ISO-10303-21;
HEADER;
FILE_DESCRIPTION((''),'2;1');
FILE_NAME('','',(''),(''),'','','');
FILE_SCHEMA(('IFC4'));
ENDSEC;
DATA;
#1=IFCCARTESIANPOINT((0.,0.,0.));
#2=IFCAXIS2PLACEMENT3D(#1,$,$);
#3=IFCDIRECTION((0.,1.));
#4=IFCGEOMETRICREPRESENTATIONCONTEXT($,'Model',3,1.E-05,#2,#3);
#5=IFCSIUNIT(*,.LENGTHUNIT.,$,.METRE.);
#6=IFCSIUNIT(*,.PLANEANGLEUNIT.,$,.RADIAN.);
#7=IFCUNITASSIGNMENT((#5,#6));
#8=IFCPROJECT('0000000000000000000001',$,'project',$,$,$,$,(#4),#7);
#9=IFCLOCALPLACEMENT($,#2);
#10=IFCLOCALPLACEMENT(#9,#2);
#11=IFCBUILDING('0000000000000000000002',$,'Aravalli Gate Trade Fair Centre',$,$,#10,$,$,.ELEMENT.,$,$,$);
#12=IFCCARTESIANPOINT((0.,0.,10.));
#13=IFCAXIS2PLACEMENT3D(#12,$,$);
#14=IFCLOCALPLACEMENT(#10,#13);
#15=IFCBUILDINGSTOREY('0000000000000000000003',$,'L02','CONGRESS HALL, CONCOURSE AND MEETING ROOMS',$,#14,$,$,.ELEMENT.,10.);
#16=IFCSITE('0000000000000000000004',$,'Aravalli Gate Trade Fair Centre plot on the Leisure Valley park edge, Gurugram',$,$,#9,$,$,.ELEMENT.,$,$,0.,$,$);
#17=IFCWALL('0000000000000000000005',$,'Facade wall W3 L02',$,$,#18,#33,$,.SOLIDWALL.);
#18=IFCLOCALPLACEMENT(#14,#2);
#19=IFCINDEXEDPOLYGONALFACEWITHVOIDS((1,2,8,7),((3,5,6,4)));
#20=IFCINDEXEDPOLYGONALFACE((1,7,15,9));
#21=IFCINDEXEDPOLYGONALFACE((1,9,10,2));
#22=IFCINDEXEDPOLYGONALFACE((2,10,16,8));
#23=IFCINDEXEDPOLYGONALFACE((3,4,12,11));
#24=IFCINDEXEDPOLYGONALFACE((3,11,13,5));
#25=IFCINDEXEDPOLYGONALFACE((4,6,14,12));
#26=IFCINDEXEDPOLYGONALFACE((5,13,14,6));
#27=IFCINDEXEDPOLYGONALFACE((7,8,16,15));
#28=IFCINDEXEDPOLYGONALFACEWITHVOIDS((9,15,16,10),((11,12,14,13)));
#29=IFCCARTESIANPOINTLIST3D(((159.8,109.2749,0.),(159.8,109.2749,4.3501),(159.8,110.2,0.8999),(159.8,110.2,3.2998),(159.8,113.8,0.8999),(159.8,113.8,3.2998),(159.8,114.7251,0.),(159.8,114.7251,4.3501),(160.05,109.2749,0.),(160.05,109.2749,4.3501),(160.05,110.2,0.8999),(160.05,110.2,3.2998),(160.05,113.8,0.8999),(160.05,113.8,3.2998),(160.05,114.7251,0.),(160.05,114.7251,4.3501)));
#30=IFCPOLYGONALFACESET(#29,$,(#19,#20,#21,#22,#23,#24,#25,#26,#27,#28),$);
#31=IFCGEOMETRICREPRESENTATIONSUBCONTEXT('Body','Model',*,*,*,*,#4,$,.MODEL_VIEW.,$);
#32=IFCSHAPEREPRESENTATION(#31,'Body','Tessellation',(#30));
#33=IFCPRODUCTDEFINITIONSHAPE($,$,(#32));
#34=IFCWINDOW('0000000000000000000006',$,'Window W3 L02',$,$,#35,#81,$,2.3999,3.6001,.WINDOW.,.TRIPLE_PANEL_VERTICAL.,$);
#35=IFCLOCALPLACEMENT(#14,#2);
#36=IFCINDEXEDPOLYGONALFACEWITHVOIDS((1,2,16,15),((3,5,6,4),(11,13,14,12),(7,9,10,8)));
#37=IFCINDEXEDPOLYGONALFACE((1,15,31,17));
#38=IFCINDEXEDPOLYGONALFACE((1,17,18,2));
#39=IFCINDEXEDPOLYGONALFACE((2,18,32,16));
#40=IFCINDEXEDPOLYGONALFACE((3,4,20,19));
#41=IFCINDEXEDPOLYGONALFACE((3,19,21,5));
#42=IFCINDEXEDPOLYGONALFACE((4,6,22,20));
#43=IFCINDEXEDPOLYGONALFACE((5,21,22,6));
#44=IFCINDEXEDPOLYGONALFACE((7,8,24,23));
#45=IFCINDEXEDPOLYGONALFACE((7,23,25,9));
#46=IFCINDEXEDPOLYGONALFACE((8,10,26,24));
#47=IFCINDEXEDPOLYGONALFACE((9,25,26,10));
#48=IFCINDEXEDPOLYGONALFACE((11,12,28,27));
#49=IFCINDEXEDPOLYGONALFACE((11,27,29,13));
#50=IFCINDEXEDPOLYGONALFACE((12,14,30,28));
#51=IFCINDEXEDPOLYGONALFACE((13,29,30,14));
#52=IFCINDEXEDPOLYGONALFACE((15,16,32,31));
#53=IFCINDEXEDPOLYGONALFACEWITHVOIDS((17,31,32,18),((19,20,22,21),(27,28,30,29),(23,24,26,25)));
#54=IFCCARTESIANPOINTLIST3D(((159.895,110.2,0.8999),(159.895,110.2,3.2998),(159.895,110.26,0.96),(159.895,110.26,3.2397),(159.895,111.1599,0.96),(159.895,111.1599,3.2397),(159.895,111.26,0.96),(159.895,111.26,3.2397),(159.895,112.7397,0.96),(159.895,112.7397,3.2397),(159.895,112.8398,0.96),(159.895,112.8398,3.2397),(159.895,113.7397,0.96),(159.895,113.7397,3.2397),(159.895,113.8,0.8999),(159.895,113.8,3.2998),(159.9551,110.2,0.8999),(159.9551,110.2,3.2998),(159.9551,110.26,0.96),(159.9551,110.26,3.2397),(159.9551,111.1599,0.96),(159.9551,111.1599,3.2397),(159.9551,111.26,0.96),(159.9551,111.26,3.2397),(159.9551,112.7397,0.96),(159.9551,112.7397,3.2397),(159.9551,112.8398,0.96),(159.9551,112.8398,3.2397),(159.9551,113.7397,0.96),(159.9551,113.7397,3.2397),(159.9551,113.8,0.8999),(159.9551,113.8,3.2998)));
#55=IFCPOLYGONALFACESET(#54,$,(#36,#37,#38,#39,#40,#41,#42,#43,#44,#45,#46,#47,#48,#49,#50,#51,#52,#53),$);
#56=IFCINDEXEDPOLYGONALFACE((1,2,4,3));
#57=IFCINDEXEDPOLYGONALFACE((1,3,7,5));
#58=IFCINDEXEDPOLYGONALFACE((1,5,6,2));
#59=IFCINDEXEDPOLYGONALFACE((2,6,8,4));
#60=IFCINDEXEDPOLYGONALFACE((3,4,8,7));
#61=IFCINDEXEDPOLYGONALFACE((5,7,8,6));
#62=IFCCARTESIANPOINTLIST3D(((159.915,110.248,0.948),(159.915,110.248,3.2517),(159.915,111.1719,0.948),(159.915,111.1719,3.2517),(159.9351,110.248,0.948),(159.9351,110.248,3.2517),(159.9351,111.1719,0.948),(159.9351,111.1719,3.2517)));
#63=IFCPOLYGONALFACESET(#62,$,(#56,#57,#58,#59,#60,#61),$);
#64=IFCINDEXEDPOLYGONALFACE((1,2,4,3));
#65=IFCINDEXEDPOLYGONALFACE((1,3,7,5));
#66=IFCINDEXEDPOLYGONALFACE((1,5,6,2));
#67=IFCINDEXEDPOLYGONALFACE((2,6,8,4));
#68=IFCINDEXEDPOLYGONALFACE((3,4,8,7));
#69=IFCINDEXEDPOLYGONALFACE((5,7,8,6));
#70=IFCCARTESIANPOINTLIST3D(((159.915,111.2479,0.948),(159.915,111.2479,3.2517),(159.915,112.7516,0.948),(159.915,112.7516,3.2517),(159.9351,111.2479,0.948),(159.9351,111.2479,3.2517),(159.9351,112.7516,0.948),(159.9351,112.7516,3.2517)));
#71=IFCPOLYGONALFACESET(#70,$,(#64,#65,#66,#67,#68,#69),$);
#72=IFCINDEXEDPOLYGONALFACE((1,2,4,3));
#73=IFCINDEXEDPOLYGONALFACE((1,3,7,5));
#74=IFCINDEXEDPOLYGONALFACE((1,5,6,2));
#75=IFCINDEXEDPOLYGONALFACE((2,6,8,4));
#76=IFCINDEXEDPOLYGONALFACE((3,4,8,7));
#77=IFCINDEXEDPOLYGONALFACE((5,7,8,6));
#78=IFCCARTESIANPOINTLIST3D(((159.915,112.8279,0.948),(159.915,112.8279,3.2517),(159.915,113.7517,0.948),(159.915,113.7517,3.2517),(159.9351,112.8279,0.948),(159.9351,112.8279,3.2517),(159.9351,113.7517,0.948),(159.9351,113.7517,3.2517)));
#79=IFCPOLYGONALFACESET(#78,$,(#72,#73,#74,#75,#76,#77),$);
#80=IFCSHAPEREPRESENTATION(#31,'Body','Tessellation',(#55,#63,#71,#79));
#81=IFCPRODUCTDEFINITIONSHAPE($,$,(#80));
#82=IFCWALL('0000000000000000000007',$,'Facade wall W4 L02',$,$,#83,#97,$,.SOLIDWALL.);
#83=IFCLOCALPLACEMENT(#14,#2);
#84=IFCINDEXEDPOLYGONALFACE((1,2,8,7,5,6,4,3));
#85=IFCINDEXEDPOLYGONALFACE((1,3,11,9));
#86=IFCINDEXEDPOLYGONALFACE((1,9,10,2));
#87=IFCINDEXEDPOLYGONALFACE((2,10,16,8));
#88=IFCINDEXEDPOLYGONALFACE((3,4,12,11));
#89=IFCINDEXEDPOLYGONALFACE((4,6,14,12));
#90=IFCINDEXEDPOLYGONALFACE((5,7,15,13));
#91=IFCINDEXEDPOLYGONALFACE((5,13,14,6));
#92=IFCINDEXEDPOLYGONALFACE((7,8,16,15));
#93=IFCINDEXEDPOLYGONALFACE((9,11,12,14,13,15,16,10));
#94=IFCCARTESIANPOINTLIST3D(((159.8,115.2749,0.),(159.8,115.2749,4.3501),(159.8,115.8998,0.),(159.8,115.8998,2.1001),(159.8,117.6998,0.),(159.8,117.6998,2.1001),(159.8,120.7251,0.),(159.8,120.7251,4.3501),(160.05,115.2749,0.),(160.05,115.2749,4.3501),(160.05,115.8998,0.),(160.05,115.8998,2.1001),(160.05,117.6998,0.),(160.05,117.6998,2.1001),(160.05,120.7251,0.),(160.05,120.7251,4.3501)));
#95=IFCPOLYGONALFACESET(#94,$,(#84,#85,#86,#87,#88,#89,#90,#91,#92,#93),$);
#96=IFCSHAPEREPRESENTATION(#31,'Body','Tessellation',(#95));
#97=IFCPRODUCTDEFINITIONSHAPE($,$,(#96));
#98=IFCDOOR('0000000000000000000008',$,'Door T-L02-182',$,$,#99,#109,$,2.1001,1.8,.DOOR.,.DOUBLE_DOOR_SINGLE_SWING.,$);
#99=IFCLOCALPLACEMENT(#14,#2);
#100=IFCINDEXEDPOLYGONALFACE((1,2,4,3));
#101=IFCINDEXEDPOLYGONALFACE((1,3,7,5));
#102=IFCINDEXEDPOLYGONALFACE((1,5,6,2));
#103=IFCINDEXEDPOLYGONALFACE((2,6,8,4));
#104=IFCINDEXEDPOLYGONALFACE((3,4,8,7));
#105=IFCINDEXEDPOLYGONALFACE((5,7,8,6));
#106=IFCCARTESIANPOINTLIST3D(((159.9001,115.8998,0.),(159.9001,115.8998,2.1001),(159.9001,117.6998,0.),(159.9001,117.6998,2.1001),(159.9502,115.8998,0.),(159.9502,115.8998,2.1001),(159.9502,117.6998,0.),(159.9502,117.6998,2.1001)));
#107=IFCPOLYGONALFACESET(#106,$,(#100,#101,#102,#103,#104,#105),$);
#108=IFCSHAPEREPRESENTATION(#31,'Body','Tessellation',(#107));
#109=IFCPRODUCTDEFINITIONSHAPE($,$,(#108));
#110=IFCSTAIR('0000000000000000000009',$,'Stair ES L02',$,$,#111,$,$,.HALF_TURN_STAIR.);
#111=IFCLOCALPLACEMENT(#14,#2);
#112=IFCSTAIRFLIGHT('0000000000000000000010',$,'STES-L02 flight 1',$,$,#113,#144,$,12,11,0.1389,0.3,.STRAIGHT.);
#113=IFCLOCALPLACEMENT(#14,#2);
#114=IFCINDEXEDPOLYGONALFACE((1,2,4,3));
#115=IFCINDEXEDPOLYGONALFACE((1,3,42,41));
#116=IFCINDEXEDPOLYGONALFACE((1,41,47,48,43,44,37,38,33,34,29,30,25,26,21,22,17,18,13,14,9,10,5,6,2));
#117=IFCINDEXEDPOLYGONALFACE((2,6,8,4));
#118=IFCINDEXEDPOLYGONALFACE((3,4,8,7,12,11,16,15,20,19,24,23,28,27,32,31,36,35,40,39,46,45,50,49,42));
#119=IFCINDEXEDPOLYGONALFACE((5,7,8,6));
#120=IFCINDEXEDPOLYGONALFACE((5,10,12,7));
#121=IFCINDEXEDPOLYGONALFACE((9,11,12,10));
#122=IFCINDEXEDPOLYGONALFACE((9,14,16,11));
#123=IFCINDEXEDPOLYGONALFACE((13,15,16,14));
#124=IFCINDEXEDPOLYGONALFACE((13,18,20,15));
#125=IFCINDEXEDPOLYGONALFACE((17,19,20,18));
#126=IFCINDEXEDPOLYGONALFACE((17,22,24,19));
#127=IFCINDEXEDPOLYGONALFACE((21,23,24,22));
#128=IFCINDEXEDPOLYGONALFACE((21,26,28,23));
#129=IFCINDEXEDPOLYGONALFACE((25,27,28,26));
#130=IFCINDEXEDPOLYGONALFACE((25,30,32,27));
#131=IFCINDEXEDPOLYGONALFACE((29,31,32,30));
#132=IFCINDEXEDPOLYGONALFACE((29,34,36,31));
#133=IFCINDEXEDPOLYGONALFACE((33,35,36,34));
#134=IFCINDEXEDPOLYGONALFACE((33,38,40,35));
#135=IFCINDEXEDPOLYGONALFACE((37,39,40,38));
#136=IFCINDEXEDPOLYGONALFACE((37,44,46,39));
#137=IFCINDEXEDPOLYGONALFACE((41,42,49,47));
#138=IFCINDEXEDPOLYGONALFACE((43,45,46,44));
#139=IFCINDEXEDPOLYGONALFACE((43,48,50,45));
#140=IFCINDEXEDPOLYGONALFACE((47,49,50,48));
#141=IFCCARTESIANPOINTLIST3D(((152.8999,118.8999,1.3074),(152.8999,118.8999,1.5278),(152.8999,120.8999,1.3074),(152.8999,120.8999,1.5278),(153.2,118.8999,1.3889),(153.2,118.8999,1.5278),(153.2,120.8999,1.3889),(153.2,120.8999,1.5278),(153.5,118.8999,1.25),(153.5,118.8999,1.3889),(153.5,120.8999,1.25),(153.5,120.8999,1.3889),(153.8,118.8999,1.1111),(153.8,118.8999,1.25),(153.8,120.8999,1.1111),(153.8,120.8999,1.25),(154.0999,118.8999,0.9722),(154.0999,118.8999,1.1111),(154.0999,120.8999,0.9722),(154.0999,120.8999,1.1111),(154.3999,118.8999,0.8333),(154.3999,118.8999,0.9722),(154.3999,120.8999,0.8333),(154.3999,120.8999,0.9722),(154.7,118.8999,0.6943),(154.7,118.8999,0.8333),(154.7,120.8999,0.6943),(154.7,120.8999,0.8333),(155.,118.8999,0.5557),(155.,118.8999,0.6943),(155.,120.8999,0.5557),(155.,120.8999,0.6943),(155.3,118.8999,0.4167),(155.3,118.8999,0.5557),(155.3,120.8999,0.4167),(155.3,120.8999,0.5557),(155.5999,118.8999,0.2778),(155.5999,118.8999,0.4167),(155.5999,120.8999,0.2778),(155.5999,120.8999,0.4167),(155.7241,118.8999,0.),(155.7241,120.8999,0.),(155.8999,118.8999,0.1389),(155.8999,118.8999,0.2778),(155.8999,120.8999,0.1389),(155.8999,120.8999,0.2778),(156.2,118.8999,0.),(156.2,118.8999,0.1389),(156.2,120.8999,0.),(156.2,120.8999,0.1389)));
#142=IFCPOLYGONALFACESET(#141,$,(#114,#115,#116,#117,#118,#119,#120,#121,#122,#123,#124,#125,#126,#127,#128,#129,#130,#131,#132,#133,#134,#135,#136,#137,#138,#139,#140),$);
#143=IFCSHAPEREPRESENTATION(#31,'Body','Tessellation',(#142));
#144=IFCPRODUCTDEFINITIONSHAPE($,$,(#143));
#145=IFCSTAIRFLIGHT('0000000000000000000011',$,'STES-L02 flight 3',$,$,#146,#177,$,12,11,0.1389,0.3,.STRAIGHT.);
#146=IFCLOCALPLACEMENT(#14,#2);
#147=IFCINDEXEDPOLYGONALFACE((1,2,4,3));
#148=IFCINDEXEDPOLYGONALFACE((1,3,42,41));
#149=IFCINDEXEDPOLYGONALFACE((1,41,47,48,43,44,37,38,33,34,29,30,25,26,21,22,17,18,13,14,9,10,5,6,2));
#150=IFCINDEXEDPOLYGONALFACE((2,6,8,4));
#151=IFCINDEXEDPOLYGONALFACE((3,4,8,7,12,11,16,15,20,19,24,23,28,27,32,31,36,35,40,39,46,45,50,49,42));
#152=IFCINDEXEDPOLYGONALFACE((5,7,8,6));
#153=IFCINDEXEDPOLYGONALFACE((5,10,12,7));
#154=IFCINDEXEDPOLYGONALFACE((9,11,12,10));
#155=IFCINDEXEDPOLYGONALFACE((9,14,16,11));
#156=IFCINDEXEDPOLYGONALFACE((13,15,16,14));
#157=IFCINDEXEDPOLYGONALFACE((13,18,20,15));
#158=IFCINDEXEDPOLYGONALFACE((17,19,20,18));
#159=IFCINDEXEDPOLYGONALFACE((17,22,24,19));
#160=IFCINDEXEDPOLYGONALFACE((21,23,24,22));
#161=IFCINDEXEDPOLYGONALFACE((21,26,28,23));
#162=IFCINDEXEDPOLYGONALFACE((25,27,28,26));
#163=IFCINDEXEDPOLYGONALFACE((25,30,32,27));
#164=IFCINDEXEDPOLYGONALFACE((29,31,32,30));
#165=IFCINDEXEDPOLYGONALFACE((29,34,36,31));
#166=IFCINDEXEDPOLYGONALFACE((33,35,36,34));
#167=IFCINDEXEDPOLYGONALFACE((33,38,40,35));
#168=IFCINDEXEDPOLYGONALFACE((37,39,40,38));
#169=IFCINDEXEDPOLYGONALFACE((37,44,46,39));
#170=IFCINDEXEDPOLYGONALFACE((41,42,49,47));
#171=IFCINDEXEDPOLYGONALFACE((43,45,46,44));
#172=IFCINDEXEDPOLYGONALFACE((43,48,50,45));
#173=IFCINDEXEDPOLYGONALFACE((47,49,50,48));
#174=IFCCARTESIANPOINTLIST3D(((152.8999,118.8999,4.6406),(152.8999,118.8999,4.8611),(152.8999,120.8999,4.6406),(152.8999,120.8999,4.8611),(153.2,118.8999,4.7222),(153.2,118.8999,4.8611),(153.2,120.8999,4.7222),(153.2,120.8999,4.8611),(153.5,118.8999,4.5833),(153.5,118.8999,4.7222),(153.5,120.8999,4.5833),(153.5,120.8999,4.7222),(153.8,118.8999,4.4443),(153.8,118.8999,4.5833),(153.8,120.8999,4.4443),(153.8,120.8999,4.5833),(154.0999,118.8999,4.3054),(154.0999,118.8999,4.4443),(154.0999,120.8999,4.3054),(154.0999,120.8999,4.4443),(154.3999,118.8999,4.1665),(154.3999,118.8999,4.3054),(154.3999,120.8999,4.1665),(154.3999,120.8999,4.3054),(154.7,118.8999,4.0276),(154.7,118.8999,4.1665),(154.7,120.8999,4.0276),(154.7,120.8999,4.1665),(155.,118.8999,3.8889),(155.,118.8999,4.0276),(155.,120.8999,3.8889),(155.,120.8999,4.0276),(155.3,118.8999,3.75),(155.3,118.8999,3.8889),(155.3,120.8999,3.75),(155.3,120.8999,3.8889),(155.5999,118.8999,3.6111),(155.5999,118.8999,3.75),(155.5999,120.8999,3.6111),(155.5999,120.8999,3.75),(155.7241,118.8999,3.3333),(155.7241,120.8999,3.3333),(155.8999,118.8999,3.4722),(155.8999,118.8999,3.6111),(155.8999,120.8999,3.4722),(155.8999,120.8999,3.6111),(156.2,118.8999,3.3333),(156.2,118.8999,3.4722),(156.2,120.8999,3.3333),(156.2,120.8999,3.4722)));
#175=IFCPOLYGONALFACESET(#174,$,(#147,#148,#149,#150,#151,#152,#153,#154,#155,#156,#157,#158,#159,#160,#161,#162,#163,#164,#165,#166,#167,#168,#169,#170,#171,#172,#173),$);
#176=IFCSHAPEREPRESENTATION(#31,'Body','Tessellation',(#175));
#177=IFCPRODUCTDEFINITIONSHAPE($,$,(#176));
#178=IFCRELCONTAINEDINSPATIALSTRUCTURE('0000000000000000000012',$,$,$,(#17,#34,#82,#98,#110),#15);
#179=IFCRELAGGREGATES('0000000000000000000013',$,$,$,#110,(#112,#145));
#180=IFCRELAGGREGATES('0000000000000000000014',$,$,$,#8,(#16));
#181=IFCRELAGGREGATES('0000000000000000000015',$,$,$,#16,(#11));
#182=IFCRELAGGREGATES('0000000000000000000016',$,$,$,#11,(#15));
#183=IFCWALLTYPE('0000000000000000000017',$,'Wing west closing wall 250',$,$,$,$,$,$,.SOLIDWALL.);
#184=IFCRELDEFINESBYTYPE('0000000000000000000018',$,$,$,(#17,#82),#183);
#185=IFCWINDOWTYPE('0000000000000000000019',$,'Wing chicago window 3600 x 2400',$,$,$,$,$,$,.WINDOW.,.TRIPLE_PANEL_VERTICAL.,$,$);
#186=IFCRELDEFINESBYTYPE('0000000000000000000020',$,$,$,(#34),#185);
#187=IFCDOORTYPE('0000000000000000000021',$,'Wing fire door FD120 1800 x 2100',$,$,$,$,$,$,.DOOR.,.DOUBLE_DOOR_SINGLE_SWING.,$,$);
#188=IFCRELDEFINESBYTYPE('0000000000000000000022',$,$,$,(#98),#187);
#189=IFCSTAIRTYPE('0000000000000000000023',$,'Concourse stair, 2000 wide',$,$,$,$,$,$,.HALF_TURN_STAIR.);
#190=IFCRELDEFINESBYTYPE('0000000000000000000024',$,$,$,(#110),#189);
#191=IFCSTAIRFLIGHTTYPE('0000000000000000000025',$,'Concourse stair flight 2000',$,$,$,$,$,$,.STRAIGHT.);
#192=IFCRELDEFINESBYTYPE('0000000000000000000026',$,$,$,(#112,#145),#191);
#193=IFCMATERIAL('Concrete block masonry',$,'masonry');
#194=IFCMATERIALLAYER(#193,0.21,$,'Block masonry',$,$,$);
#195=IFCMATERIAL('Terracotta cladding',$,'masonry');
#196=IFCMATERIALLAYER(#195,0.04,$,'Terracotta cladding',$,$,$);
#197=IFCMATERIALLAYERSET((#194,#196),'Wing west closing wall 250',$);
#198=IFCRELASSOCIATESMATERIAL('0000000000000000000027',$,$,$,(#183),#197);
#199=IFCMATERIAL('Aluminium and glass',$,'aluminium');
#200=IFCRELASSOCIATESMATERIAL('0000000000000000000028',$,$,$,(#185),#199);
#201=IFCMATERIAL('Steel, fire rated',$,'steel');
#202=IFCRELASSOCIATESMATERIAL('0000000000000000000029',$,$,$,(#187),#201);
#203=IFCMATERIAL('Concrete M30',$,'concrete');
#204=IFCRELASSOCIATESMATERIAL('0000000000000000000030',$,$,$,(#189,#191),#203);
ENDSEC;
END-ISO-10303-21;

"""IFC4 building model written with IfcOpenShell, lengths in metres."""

from ifc_helpers import new_model, si_unit, direction, frame, frame_2d, origin, place, context, subcontext, project, spatial, polyline, rectangle, outline, extrude, material, layer, layer_set, type_object, element, fill, aggregate, save


model = new_model("IFC4")

# Units and contexts
model_context = context("Model", 3, precision=1e-05, world=origin(), true_north=direction((0.0, 1.0)))
body_context = subcontext(model_context, "Body", "Model", "MODEL_VIEW")
ifc_project = project(units=[si_unit("LENGTHUNIT", "METRE"), si_unit("PLANEANGLEUNIT", "RADIAN")], contexts=[model_context])

# Site, building, storey
site_placement = place(None, origin())
site = spatial("IfcSite", under=ifc_project, at=site_placement, Name="Aravalli Gate Trade Fair Centre plot on the Leisure Valley park edge, Gurugram", CompositionType="ELEMENT", RefElevation=0.0)
building_placement = place(site_placement, origin())
building = spatial("IfcBuilding", under=site, at=building_placement, Name="Aravalli Gate Trade Fair Centre", CompositionType="ELEMENT")
storey_placement = place(building_placement, frame((0.0, 0.0, 10.0)))
storey = spatial("IfcBuildingStorey", under=building, at=storey_placement, Name="L02", Description="CONGRESS HALL, CONCOURSE AND MEETING ROOMS", CompositionType="ELEMENT", Elevation=10.0)

# Wall, opening, window
ifc_material_1 = material(Name="Concrete block masonry", Category="masonry")
ifc_layer_1 = layer(ifc_material_1, 0.21, Name="Block masonry")
ifc_material_2 = material(Name="Terracotta cladding", Category="masonry")
ifc_layer_2 = layer(ifc_material_2, 0.04, Name="Terracotta cladding")
ifc_layer_set_1 = layer_set([ifc_layer_1, ifc_layer_2], Name="Wing west closing wall 250")
wall_type_1 = type_object("IfcWallType", Name="Wing west closing wall 250", PredefinedType="SOLIDWALL", material=ifc_layer_set_1)
wall_1_placement = place(storey_placement, frame((159.925, 109.2749, 0.0), z_axis=(0.0, 0.0, 1.0), x_axis=(0.0, 1.0, 0.0)))
wall_1 = element("IfcWall", 1, at=wall_1_placement, inside=storey, type_object=wall_type_1, Name="Facade wall W3 L02", PredefinedType="SOLIDWALL", context=body_context, shape_type="SweptSolid", body=[
    extrude(rectangle(XDim=5.4502, YDim=0.25, at=frame_2d((2.7251, 0.0))), origin(), (0.0, 0.0, 1.0), 4.3501),
])
opening_1_placement = place(wall_1_placement, frame((0.925, 0.0, 0.8999)))
opening_1 = element("IfcOpeningElement", 2, at=opening_1_placement, cuts=wall_1, PredefinedType="OPENING", context=body_context, shape_type="SweptSolid", body=[
    extrude(rectangle(XDim=3.6001, YDim=2.3999, at=frame_2d((1.8, 1.2))), frame((0.0, 0.135, 0.0), z_axis=(0.0, -1.0, 0.0), x_axis=(1.0, 0.0, 0.0)), (0.0, 0.0, 1.0), 0.27),
])
ifc_material_3 = material(Name="Aluminium and glass", Category="aluminium")
window_type = type_object("IfcWindowType", Name="Wing chicago window 3600 x 2400", PartitioningType="TRIPLE_PANEL_VERTICAL", PredefinedType="WINDOW", material=ifc_material_3)
window_placement = place(opening_1_placement, origin())
window = element("IfcWindow", 3, at=window_placement, inside=storey, type_object=window_type, Name="Window W3 L02", OverallHeight=2.3999, OverallWidth=3.6001, PartitioningType="TRIPLE_PANEL_VERTICAL", PredefinedType="WINDOW", context=body_context, shape_type="SweptSolid", body=[
    extrude(outline(polyline([(0.0, 0.0), (3.6001, 0.0), (3.6001, 2.3999), (0.0, 2.3999), (0.0, 0.0)]), holes=[polyline([(0.0601, 0.0601), (0.96, 0.0601), (0.96, 2.3398), (0.0601, 2.3398), (0.0601, 0.0601)]), polyline([(1.0601, 0.0601), (2.5398, 0.0601), (2.5398, 2.3398), (1.0601, 2.3398), (1.0601, 0.0601)]), polyline([(2.6399, 0.0601), (3.5398, 0.0601), (3.5398, 2.3398), (2.6399, 2.3398), (2.6399, 0.0601)])]), frame((0.0, 0.03, 0.0), z_axis=(0.0, -1.0, 0.0), x_axis=(1.0, 0.0, 0.0)), (0.0, 0.0, 1.0), 0.0601),
    extrude(rectangle(XDim=0.9238, YDim=2.3037, at=frame_2d((0.51, 1.2))), frame((0.0, 0.01, 0.0), z_axis=(0.0, -1.0, 0.0), x_axis=(1.0, 0.0, 0.0)), (0.0, 0.0, 1.0), 0.02),
    extrude(rectangle(XDim=1.5037, YDim=2.3037, at=frame_2d((1.7998, 1.2))), frame((0.0, 0.01, 0.0), z_axis=(0.0, -1.0, 0.0), x_axis=(1.0, 0.0, 0.0)), (0.0, 0.0, 1.0), 0.02),
    extrude(rectangle(XDim=0.9238, YDim=2.3037, at=frame_2d((3.0898, 1.2))), frame((0.0, 0.01, 0.0), z_axis=(0.0, -1.0, 0.0), x_axis=(1.0, 0.0, 0.0)), (0.0, 0.0, 1.0), 0.02),
])
fill(opening_1, window)

# Wall, opening, door
wall_2_placement = place(storey_placement, frame((159.925, 115.2749, 0.0), z_axis=(0.0, 0.0, 1.0), x_axis=(0.0, 1.0, 0.0)))
wall_2 = element("IfcWall", 4, at=wall_2_placement, inside=storey, type_object=wall_type_1, Name="Facade wall W4 L02", PredefinedType="SOLIDWALL", context=body_context, shape_type="SweptSolid", body=[
    extrude(rectangle(XDim=5.4502, YDim=0.25, at=frame_2d((2.7251, 0.0))), origin(), (0.0, 0.0, 1.0), 4.3501),
])
opening_2_placement = place(wall_2_placement, frame((0.625, 0.0, 0.0)))
opening_2 = element("IfcOpeningElement", 5, at=opening_2_placement, cuts=wall_2, PredefinedType="OPENING", context=body_context, shape_type="SweptSolid", body=[
    extrude(rectangle(XDim=1.8, YDim=2.1001, at=frame_2d((0.8999, 1.05))), frame((0.0, 0.135, 0.0), z_axis=(0.0, -1.0, 0.0), x_axis=(1.0, 0.0, 0.0)), (0.0, 0.0, 1.0), 0.27),
])
ifc_material_4 = material(Name="Steel, fire rated", Category="steel")
door_type = type_object("IfcDoorType", Name="Wing fire door FD120 1800 x 2100", OperationType="DOUBLE_DOOR_SINGLE_SWING", PredefinedType="DOOR", material=ifc_material_4)
door_placement = place(opening_2_placement, origin())
door = element("IfcDoor", 6, at=door_placement, inside=storey, type_object=door_type, Name="Door T-L02-182", OperationType="DOUBLE_DOOR_SINGLE_SWING", OverallHeight=2.1001, OverallWidth=1.8, PredefinedType="DOOR", context=body_context, shape_type="SweptSolid", body=[
    extrude(rectangle(XDim=1.8, YDim=2.1001, at=frame_2d((0.8999, 1.05))), frame((0.0, 0.0249, 0.0), z_axis=(0.0, -1.0, 0.0), x_axis=(1.0, 0.0, 0.0)), (0.0, 0.0, 1.0), 0.05),
])
fill(opening_2, door)

# Stair, stair flights
ifc_material_5 = material(Name="Concrete M30", Category="concrete")
stair_type_1 = type_object("IfcStairType", Name="Concourse stair, 2000 wide", PredefinedType="HALF_TURN_STAIR", material=ifc_material_5)
stair_1_placement = place(storey_placement, origin())
stair_1 = element("IfcStair", 7, at=stair_1_placement, inside=storey, type_object=stair_type_1, Name="Stair ES L02", PredefinedType="HALF_TURN_STAIR")
stair_flight_type_1 = type_object("IfcStairFlightType", Name="Concourse stair flight 2000", PredefinedType="STRAIGHT", material=ifc_material_5)
stair_flight_1_placement = place(storey_placement, frame((156.2, 119.8999, 0.0), z_axis=(0.0, 0.0, 1.0), x_axis=(-1.0, 0.0, 0.0)))
stair_flight_1 = element("IfcStairFlight", 8, at=stair_flight_1_placement, type_object=stair_flight_type_1, Name="STES-L02 flight 1", NumberOfRisers=12, NumberOfTreads=11, PredefinedType="STRAIGHT", RiserHeight=0.1389, TreadLength=0.3, context=body_context, shape_type="SweptSolid", body=[
    extrude(outline(polyline([(0.0, 0.0), (0.0, 0.1389), (0.3, 0.1389), (0.3, 0.2778), (0.6001, 0.2778), (0.6001, 0.4167), (0.8999, 0.4167), (0.8999, 0.5557), (1.2, 0.5557), (1.2, 0.6943), (1.5, 0.6943), (1.5, 0.8333), (1.8, 0.8333), (1.8, 0.9722), (2.1001, 0.9722), (2.1001, 1.1111), (2.3999, 1.1111), (2.3999, 1.25), (2.7, 1.25), (2.7, 1.3889), (3.0, 1.3889), (3.0, 1.5278), (3.3, 1.5278), (3.3, 1.6667), (3.3, 1.3074), (0.4758, 0.0), (0.0, 0.0)])), frame((0.0, 1.0, 0.0), z_axis=(0.0, -1.0, 0.0), x_axis=(1.0, 0.0, 0.0)), (0.0, 0.0, 1.0), 2.0),
])
stair_flight_2_placement = place(storey_placement, frame((156.2, 119.8999, 3.3333), z_axis=(0.0, 0.0, 1.0), x_axis=(-1.0, 0.0, 0.0)))
stair_flight_2 = element("IfcStairFlight", 9, at=stair_flight_2_placement, type_object=stair_flight_type_1, Name="STES-L02 flight 3", NumberOfRisers=12, NumberOfTreads=11, PredefinedType="STRAIGHT", RiserHeight=0.1389, TreadLength=0.3, context=body_context, shape_type="SweptSolid", body=[
    extrude(outline(polyline([(0.0, 0.0), (0.0, 0.1389), (0.3, 0.1389), (0.3, 0.2778), (0.6001, 0.2778), (0.6001, 0.4167), (0.8999, 0.4167), (0.8999, 0.5557), (1.2, 0.5557), (1.2, 0.6943), (1.5, 0.6943), (1.5, 0.8333), (1.8, 0.8333), (1.8, 0.9722), (2.1001, 0.9722), (2.1001, 1.1111), (2.3999, 1.1111), (2.3999, 1.25), (2.7, 1.25), (2.7, 1.3889), (3.0, 1.3889), (3.0, 1.5278), (3.3, 1.5278), (3.3, 1.6667), (3.3, 1.3074), (0.4758, 0.0), (0.0, 0.0)])), frame((0.0, 1.0, 0.0), z_axis=(0.0, -1.0, 0.0), x_axis=(1.0, 0.0, 0.0)), (0.0, 0.0, 1.0), 2.0),
])
aggregate(stair_1, [stair_flight_1, stair_flight_2])

save(model, "model.ifc")
